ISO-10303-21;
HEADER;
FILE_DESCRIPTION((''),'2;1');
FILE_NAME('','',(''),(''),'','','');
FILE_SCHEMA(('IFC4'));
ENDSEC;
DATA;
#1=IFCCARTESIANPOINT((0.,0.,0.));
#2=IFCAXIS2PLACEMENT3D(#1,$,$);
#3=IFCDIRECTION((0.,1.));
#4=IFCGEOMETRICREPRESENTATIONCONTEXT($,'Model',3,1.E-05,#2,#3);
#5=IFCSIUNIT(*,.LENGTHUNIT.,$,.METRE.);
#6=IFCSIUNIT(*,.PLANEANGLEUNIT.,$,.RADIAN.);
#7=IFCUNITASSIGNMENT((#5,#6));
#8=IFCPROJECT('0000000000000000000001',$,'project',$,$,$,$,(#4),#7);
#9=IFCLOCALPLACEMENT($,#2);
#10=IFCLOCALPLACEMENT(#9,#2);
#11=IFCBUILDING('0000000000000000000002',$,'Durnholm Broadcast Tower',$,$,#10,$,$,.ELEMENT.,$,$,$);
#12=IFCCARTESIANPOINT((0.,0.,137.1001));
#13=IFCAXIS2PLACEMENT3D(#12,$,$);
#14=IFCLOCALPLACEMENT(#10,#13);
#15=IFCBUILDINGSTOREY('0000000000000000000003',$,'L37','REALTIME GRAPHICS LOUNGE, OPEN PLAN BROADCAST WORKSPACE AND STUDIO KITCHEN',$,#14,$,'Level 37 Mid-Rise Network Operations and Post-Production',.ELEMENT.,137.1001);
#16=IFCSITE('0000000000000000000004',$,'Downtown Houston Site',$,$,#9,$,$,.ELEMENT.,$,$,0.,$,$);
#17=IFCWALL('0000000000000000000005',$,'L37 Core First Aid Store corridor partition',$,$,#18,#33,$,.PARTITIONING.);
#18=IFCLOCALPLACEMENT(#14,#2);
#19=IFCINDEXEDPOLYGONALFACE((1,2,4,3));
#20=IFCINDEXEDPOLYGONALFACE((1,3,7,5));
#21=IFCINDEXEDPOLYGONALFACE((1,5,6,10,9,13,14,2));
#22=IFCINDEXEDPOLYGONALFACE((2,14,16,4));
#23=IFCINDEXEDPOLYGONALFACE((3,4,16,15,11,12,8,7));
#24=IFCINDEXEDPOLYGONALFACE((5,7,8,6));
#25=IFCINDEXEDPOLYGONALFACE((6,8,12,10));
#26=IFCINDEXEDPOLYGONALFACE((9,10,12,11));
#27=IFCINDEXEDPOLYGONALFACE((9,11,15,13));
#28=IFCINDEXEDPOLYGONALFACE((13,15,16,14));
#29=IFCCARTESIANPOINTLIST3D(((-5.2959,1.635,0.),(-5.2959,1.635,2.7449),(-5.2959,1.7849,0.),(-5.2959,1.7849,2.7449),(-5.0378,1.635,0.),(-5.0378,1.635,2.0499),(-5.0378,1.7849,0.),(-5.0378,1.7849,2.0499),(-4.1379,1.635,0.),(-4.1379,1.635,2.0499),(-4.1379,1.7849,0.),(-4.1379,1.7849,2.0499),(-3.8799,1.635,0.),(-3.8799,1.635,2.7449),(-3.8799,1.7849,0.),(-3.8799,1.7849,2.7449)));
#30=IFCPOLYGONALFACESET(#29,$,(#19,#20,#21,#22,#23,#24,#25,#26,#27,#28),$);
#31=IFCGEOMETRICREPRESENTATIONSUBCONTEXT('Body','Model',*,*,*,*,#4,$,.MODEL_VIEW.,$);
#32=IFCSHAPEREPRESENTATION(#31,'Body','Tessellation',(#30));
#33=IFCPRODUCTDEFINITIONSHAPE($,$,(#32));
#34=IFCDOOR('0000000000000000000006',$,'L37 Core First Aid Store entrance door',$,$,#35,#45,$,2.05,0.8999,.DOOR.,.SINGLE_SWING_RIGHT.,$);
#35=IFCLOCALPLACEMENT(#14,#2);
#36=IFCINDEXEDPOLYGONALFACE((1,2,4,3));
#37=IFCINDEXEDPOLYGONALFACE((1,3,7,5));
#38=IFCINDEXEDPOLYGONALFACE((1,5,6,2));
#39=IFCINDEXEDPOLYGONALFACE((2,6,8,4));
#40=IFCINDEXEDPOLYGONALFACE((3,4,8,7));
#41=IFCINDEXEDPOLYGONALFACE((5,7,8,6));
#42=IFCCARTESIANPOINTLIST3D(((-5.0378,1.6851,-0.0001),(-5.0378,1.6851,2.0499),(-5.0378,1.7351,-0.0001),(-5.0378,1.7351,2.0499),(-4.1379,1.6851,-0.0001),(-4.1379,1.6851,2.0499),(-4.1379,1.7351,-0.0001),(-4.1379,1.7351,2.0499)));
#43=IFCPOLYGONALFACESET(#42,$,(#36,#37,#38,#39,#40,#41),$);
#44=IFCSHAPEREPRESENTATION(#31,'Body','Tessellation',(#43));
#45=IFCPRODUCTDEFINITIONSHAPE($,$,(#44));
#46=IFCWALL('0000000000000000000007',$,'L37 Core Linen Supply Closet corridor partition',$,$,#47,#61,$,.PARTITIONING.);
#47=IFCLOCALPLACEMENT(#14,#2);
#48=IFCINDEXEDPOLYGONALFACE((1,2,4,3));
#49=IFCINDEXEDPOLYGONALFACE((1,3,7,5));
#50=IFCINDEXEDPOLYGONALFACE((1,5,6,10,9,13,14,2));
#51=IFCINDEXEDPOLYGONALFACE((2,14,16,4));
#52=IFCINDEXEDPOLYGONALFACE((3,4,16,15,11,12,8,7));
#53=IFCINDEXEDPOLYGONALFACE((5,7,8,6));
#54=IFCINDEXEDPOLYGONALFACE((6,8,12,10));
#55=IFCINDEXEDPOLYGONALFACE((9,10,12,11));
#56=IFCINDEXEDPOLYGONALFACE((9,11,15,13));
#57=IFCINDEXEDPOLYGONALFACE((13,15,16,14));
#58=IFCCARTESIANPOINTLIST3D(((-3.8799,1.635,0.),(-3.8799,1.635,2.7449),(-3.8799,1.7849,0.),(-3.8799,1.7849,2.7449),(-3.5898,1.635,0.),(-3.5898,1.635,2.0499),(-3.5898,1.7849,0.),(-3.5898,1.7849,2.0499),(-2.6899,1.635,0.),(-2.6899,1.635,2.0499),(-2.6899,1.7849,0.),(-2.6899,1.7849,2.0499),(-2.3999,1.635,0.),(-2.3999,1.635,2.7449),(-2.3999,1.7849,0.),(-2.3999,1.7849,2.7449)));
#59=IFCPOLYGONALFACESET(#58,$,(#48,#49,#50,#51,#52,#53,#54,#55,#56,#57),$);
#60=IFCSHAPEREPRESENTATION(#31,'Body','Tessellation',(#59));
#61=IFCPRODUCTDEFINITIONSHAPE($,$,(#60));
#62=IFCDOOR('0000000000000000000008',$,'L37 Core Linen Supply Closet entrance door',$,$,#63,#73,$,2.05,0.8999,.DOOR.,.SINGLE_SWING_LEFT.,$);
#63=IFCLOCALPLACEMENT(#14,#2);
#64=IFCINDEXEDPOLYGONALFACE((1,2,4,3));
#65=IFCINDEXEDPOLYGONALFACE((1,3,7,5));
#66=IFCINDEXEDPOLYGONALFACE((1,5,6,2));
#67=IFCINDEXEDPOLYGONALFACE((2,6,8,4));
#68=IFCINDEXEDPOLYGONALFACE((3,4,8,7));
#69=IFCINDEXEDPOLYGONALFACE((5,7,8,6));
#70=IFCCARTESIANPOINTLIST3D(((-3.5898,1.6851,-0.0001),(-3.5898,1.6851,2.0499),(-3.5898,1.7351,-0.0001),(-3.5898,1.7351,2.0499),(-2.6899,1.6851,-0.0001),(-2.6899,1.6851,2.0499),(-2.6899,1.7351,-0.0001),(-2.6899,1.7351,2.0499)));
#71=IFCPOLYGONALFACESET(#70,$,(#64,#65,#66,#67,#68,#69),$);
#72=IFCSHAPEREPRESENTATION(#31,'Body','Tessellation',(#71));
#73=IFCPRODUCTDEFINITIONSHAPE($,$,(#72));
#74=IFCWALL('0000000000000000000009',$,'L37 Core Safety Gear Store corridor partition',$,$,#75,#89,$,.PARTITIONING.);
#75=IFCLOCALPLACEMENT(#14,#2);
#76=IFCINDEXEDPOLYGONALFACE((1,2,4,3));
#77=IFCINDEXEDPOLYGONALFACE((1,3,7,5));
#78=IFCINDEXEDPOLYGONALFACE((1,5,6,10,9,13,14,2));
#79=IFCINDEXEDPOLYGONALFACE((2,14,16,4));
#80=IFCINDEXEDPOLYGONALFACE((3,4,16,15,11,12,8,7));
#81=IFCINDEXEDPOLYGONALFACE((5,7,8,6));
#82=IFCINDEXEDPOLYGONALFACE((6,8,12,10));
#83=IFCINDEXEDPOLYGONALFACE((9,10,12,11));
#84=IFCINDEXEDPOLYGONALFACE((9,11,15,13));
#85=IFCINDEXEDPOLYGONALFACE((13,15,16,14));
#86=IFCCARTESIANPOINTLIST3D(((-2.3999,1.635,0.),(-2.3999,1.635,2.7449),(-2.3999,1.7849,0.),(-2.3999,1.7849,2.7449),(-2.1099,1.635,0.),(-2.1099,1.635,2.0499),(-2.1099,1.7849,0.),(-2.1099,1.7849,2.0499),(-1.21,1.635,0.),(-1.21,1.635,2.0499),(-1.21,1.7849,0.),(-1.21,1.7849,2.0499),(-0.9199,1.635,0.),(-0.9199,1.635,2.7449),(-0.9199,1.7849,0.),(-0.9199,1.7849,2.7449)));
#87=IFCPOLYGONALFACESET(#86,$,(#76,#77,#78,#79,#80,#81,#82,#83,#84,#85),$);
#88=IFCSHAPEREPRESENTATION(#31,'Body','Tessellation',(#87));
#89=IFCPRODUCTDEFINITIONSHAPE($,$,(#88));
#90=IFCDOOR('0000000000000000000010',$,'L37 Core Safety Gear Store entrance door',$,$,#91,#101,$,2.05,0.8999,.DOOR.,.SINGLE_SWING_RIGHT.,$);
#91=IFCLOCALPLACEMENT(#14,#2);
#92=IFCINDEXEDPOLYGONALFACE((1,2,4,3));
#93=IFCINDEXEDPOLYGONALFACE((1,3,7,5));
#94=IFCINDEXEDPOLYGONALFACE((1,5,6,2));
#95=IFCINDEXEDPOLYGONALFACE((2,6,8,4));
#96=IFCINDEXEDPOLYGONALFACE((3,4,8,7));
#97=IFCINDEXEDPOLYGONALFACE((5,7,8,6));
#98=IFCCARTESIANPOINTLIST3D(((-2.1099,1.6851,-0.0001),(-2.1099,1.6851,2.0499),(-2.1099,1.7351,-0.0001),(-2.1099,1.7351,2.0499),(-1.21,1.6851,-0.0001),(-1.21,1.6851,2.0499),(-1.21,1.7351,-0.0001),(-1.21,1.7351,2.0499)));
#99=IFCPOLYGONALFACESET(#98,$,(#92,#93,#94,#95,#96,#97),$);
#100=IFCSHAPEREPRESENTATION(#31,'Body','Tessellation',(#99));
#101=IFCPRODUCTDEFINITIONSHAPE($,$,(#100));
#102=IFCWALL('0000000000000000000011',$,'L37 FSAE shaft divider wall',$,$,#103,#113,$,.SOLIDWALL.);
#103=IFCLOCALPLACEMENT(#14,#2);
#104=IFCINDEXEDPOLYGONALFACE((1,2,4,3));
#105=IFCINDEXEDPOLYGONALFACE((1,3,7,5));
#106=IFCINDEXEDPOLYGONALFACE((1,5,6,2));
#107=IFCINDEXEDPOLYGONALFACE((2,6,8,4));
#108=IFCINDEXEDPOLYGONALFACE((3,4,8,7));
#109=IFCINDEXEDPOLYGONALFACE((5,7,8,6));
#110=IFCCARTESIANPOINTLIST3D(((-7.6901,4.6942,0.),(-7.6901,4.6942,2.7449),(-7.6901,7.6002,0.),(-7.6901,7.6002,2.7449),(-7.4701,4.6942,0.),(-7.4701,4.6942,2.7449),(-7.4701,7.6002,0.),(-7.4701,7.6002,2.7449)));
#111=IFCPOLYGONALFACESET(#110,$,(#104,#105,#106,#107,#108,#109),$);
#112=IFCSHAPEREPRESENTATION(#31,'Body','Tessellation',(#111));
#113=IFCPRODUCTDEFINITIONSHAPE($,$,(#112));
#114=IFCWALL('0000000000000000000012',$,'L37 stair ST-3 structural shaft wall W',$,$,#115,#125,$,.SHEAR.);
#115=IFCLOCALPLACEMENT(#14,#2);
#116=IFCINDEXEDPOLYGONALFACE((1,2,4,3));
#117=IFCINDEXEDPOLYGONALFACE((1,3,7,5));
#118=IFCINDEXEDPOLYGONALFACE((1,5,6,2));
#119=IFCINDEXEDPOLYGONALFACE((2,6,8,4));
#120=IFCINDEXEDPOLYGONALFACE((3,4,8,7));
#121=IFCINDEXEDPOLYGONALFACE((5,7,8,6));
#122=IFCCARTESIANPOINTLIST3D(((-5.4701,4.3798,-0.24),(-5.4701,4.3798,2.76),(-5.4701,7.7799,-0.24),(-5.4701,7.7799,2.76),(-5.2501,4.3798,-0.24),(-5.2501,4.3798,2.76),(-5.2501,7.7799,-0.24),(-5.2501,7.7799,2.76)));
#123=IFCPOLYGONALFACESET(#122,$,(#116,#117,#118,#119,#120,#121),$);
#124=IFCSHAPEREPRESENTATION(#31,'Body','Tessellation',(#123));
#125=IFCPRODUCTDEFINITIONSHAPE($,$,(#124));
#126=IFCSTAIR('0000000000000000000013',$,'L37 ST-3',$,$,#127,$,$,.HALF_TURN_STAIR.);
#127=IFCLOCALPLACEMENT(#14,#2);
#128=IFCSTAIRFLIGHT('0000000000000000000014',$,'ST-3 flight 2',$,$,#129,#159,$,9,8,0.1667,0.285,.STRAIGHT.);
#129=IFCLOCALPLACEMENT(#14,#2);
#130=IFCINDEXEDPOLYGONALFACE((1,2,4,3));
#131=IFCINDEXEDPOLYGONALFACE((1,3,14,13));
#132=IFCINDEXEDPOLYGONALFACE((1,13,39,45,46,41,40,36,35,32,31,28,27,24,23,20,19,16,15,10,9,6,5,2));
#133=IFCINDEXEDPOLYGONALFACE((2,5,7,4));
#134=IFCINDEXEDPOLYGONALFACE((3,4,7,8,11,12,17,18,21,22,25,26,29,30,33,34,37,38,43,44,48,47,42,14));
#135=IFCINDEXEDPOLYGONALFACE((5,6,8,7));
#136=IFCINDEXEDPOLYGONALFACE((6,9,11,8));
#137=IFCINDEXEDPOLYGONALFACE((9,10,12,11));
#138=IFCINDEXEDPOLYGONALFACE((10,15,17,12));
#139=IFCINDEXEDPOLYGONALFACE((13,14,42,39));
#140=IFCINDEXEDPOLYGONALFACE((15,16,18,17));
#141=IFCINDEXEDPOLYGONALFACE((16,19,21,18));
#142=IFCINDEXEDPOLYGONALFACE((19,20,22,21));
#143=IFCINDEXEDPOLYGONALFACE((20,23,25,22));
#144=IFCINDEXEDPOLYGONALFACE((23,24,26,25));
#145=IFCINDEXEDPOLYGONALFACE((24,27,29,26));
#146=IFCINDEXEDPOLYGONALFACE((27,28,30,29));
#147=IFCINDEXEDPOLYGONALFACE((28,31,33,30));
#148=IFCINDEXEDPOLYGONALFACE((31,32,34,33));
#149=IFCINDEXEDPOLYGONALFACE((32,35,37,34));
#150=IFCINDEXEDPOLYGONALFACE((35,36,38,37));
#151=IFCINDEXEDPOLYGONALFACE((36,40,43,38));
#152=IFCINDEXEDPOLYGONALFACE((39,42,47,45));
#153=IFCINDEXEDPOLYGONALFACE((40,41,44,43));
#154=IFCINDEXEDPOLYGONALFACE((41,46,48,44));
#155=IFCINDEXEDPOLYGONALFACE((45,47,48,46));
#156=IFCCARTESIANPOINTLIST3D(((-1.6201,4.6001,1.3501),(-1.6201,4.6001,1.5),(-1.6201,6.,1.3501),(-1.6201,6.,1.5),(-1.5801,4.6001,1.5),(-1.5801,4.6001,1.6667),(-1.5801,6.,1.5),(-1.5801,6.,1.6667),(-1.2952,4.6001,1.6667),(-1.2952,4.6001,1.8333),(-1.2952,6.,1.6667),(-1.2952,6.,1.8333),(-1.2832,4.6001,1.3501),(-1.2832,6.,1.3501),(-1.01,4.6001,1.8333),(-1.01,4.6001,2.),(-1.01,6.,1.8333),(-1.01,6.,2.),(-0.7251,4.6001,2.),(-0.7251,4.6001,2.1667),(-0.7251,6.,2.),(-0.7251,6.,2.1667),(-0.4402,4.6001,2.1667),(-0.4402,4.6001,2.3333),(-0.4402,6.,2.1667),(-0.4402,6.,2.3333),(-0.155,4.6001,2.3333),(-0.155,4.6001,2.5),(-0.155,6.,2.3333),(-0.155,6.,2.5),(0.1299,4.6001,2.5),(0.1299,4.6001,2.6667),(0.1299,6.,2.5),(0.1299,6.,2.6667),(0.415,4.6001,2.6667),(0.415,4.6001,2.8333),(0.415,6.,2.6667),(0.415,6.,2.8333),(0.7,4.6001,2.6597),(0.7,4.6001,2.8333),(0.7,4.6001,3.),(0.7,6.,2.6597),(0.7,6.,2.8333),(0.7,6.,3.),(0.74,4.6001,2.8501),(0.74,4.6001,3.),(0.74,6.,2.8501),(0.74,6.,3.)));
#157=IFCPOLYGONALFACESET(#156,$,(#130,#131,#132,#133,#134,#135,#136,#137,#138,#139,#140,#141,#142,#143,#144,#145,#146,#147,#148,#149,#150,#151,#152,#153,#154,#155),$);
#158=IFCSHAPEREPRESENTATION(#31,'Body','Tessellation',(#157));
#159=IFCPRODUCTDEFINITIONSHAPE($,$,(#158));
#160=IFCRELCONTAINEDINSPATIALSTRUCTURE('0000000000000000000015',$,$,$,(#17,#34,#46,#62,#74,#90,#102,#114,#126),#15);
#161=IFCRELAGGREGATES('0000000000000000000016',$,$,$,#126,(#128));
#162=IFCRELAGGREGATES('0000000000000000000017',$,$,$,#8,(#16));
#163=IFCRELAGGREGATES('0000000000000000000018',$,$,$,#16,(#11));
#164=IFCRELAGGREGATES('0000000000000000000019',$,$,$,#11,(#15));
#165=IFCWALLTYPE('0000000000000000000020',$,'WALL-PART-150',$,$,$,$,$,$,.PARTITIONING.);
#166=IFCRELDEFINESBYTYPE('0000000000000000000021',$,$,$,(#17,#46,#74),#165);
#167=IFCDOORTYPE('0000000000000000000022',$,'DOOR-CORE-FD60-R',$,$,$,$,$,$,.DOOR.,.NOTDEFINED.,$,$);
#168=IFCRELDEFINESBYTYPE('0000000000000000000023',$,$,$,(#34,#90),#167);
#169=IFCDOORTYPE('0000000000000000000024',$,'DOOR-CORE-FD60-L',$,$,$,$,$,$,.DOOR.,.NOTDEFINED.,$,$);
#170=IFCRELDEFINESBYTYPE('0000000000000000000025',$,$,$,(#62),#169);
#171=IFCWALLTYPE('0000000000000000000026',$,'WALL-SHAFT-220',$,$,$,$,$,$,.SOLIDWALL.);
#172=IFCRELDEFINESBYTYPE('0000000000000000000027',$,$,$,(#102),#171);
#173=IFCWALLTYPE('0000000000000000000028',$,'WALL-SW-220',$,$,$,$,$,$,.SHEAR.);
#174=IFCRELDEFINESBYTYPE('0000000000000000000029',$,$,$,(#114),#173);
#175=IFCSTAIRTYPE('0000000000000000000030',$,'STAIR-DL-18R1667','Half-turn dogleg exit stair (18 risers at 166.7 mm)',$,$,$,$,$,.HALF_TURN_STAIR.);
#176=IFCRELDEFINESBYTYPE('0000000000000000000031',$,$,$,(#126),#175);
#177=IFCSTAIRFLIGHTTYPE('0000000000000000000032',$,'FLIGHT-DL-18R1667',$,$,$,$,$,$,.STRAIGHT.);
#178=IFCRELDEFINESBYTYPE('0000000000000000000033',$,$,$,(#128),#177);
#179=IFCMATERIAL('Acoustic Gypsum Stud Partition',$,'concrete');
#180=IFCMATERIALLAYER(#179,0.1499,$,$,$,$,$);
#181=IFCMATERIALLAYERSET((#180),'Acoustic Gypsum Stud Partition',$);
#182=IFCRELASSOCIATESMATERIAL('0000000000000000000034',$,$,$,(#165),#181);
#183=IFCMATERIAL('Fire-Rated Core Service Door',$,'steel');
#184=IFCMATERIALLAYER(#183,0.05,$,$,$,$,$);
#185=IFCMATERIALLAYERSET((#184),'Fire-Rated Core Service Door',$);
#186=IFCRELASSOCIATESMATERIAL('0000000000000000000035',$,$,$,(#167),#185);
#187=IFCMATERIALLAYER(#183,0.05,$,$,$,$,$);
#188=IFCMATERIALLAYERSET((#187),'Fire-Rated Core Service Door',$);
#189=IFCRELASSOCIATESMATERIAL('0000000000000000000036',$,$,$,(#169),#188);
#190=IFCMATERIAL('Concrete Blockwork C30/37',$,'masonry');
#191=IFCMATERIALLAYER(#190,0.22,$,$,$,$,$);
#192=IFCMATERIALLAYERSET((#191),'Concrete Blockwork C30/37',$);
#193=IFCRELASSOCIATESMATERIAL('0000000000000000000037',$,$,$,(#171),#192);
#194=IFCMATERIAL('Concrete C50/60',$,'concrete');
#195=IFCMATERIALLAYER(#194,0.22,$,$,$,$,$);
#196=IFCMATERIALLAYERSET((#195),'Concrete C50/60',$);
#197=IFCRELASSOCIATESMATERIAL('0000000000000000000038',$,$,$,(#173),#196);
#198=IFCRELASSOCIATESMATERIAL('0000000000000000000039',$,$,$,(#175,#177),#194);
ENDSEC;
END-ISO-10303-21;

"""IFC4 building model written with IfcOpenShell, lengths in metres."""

from ifc_helpers import new_model, si_unit, direction, frame, frame_2d, origin, place, context, subcontext, project, spatial, polyline, rectangle, outline, extrude, source, transform, mapped, material, layer, layer_set, type_object, type_shapes, element, fill, aggregate, save


model = new_model("IFC4")

# Units and contexts
model_context = context("Model", 3, precision=1e-05, world=origin(), true_north=direction((0.0, 1.0)))
body_context = subcontext(model_context, "Body", "Model", "MODEL_VIEW")
ifc_project = project(units=[si_unit("LENGTHUNIT", "METRE"), si_unit("PLANEANGLEUNIT", "RADIAN")], contexts=[model_context])

# Site, building, storey
site_placement = place(None, origin())
site = spatial("IfcSite", under=ifc_project, at=site_placement, Name="Downtown Houston Site", CompositionType="ELEMENT", RefElevation=0.0)
building_placement = place(site_placement, origin())
building = spatial("IfcBuilding", under=site, at=building_placement, Name="Durnholm Broadcast Tower", CompositionType="ELEMENT")
storey_placement = place(building_placement, frame((0.0, 0.0, 137.1001)))
storey = spatial("IfcBuildingStorey", under=building, at=storey_placement, Name="L37", Description="REALTIME GRAPHICS LOUNGE, OPEN PLAN BROADCAST WORKSPACE AND STUDIO KITCHEN", LongName="Level 37 Mid-Rise Network Operations and Post-Production", CompositionType="ELEMENT", Elevation=137.1001)

# Walls, openings, doors
ifc_material_1 = material(Name="Acoustic Gypsum Stud Partition", Category="concrete")
ifc_layer_1 = layer(ifc_material_1, 0.1499)
ifc_layer_set_1 = layer_set([ifc_layer_1], Name="Acoustic Gypsum Stud Partition")
wall_type_1 = type_object("IfcWallType", Name="WALL-PART-150", PredefinedType="PARTITIONING", material=ifc_layer_set_1)
wall_1_placement = place(storey_placement, frame((-3.8799, 1.71, 0.0), z_axis=(0.0, 0.0, 1.0), x_axis=(-1.0, 0.0, 0.0)))
wall_1 = element("IfcWall", 1, at=wall_1_placement, inside=storey, type_object=wall_type_1, Name="L37 Core First Aid Store corridor partition", PredefinedType="PARTITIONING", context=body_context, shape_type="SweptSolid", body=[
    extrude(rectangle(XDim=1.416, YDim=0.1499, at=frame_2d((0.708, 0.0))), origin(), (0.0, 0.0, 1.0), 2.7449),
])
opening_1_placement = place(wall_1_placement, frame((0.2581, 0.0, 0.0)))
opening_1 = element("IfcOpeningElement", 2, at=opening_1_placement, cuts=wall_1, PredefinedType="OPENING", context=body_context, shape_type="SweptSolid", body=[
    extrude(rectangle(XDim=0.8999, YDim=2.05, at=frame_2d((0.45, 1.0249))), frame((0.0, 0.085, 0.0), z_axis=(0.0, -1.0, 0.0), x_axis=(1.0, 0.0, 0.0)), (0.0, 0.0, 1.0), 0.1699),
])
ifc_material_2 = material(Name="Fire-Rated Core Service Door", Category="steel")
ifc_layer_2 = layer(ifc_material_2, 0.05)
ifc_layer_set_2 = layer_set([ifc_layer_2], Name="Fire-Rated Core Service Door")
door_type_1 = type_object("IfcDoorType", Name="DOOR-CORE-FD60-R", OperationType="NOTDEFINED", PredefinedType="DOOR", material=ifc_layer_set_2)
shared_shape_1 = source(origin(), body_context, "Body", "SweptSolid", [
    extrude(rectangle(XDim=0.8999, YDim=2.05, at=frame_2d((0.45, 1.0249))), frame((0.0, 0.0249, 0.0), z_axis=(0.0, -1.0, 0.0), x_axis=(1.0, 0.0, 0.0)), (0.0, 0.0, 1.0), 0.05),
])
type_shapes(door_type_1, [shared_shape_1])
door_1_placement = place(opening_1_placement, origin())
door_1 = element("IfcDoor", 3, at=door_1_placement, inside=storey, type_object=door_type_1, Name="L37 Core First Aid Store entrance door", OperationType="SINGLE_SWING_RIGHT", OverallHeight=2.05, OverallWidth=0.8999, PredefinedType="DOOR", context=body_context, shape_type="MappedRepresentation", body=[
    mapped(shared_shape_1, transform((0.0, 0.0, 0.0), x_axis=(1.0, 0.0, 0.0), y_axis=(0.0, 1.0, 0.0), z_axis=(0.0, 0.0, 1.0), scale=1.0)),
])
fill(opening_1, door_1)
wall_2_placement = place(storey_placement, frame((-2.3999, 1.71, 0.0), z_axis=(0.0, 0.0, 1.0), x_axis=(-1.0, 0.0, 0.0)))
wall_2 = element("IfcWall", 4, at=wall_2_placement, inside=storey, type_object=wall_type_1, Name="L37 Core Linen Supply Closet corridor partition", PredefinedType="PARTITIONING", context=body_context, shape_type="SweptSolid", body=[
    extrude(rectangle(XDim=1.48, YDim=0.1499, at=frame_2d((0.74, 0.0))), origin(), (0.0, 0.0, 1.0), 2.7449),
])
opening_2_placement = place(wall_2_placement, frame((0.29, 0.0, 0.0)))
opening_2 = element("IfcOpeningElement", 5, at=opening_2_placement, cuts=wall_2, PredefinedType="OPENING", context=body_context, shape_type="SweptSolid", body=[
    extrude(rectangle(XDim=0.8999, YDim=2.05, at=frame_2d((0.45, 1.0249))), frame((0.0, 0.085, 0.0), z_axis=(0.0, -1.0, 0.0), x_axis=(1.0, 0.0, 0.0)), (0.0, 0.0, 1.0), 0.1699),
])
ifc_layer_3 = layer(ifc_material_2, 0.05)
ifc_layer_set_3 = layer_set([ifc_layer_3], Name="Fire-Rated Core Service Door")
door_type_2 = type_object("IfcDoorType", Name="DOOR-CORE-FD60-L", OperationType="NOTDEFINED", PredefinedType="DOOR", material=ifc_layer_set_3)
shared_shape_2 = source(origin(), body_context, "Body", "SweptSolid", [
    extrude(rectangle(XDim=0.8999, YDim=2.05, at=frame_2d((0.45, 1.0249))), frame((0.0, 0.0249, 0.0), z_axis=(0.0, -1.0, 0.0), x_axis=(1.0, 0.0, 0.0)), (0.0, 0.0, 1.0), 0.05),
])
type_shapes(door_type_2, [shared_shape_2])
door_2_placement = place(opening_2_placement, origin())
door_2 = element("IfcDoor", 6, at=door_2_placement, inside=storey, type_object=door_type_2, Name="L37 Core Linen Supply Closet entrance door", OperationType="SINGLE_SWING_LEFT", OverallHeight=2.05, OverallWidth=0.8999, PredefinedType="DOOR", context=body_context, shape_type="MappedRepresentation", body=[
    mapped(shared_shape_2, transform((0.0, 0.0, 0.0), x_axis=(1.0, 0.0, 0.0), y_axis=(0.0, 1.0, 0.0), z_axis=(0.0, 0.0, 1.0), scale=1.0)),
])
fill(opening_2, door_2)
wall_3_placement = place(storey_placement, frame((-0.9199, 1.71, 0.0), z_axis=(0.0, 0.0, 1.0), x_axis=(-1.0, 0.0, 0.0)))
wall_3 = element("IfcWall", 7, at=wall_3_placement, inside=storey, type_object=wall_type_1, Name="L37 Core Safety Gear Store corridor partition", PredefinedType="PARTITIONING", context=body_context, shape_type="SweptSolid", body=[
    extrude(rectangle(XDim=1.48, YDim=0.1499, at=frame_2d((0.74, 0.0))), origin(), (0.0, 0.0, 1.0), 2.7449),
])
opening_3_placement = place(wall_3_placement, frame((0.29, 0.0, 0.0)))
opening_3 = element("IfcOpeningElement", 8, at=opening_3_placement, cuts=wall_3, PredefinedType="OPENING", context=body_context, shape_type="SweptSolid", body=[
    extrude(rectangle(XDim=0.8999, YDim=2.05, at=frame_2d((0.45, 1.0249))), frame((0.0, 0.085, 0.0), z_axis=(0.0, -1.0, 0.0), x_axis=(1.0, 0.0, 0.0)), (0.0, 0.0, 1.0), 0.1699),
])
door_3_placement = place(opening_3_placement, origin())
door_3 = element("IfcDoor", 9, at=door_3_placement, inside=storey, type_object=door_type_1, Name="L37 Core Safety Gear Store entrance door", OperationType="SINGLE_SWING_RIGHT", OverallHeight=2.05, OverallWidth=0.8999, PredefinedType="DOOR", context=body_context, shape_type="MappedRepresentation", body=[
    mapped(shared_shape_1, transform((0.0, 0.0, 0.0), x_axis=(1.0, 0.0, 0.0), y_axis=(0.0, 1.0, 0.0), z_axis=(0.0, 0.0, 1.0), scale=1.0)),
])
fill(opening_3, door_3)

# Shared definitions
ifc_material_3 = material(Name="Concrete Blockwork C30/37", Category="masonry")
ifc_layer_4 = layer(ifc_material_3, 0.22)
ifc_layer_set_4 = layer_set([ifc_layer_4], Name="Concrete Blockwork C30/37")
wall_type_2 = type_object("IfcWallType", Name="WALL-SHAFT-220", PredefinedType="SOLIDWALL", material=ifc_layer_set_4)

# Walls
wall_4_placement = place(storey_placement, frame((-7.5801, 4.6941, 0.0), z_axis=(0.0, 0.0, 1.0), x_axis=(0.0, 1.0, 0.0)))
element("IfcWall", 10, at=wall_4_placement, inside=storey, type_object=wall_type_2, Name="L37 FSAE shaft divider wall", PredefinedType="SOLIDWALL", context=body_context, shape_type="SweptSolid", body=[
    extrude(rectangle(XDim=2.906, YDim=0.22, at=frame_2d((1.4531, 0.0))), origin(), (0.0, 0.0, 1.0), 2.7449),
])
ifc_material_4 = material(Name="Concrete C50/60", Category="concrete")
ifc_layer_5 = layer(ifc_material_4, 0.22)
ifc_layer_set_5 = layer_set([ifc_layer_5], Name="Concrete C50/60")
wall_type_3 = type_object("IfcWallType", Name="WALL-SW-220", PredefinedType="SHEAR", material=ifc_layer_set_5)
wall_5_placement = place(storey_placement, frame((-5.3601, 7.78, -0.24), z_axis=(0.0, 0.0, 1.0), x_axis=(0.0, -1.0, 0.0)))
element("IfcWall", 11, at=wall_5_placement, inside=storey, type_object=wall_type_3, Name="L37 stair ST-3 structural shaft wall W", PredefinedType="SHEAR", context=body_context, shape_type="SweptSolid", body=[
    extrude(rectangle(XDim=3.4001, YDim=0.22, at=frame_2d((1.7002, 0.0))), origin(), (0.0, 0.0, 1.0), 3.0),
])

# Stair, stair flight
stair_type = type_object("IfcStairType", Name="STAIR-DL-18R1667", Description="Half-turn dogleg exit stair (18 risers at 166.7 mm)", PredefinedType="HALF_TURN_STAIR", material=ifc_material_4)
stair_placement = place(storey_placement, origin())
stair = element("IfcStair", 12, at=stair_placement, inside=storey, type_object=stair_type, Name="L37 ST-3", PredefinedType="HALF_TURN_STAIR")
stair_flight_type = type_object("IfcStairFlightType", Name="FLIGHT-DL-18R1667", PredefinedType="STRAIGHT", material=ifc_material_4)
stair_flight_placement = place(storey_placement, frame((-1.5801, 5.3, 1.5), z_axis=(0.0, 0.0, 1.0), x_axis=(1.0, 0.0, 0.0)))
stair_flight = element("IfcStairFlight", 13, at=stair_flight_placement, type_object=stair_flight_type, Name="ST-3 flight 2", NumberOfRisers=9, NumberOfTreads=8, PredefinedType="STRAIGHT", RiserHeight=0.1667, TreadLength=0.285, context=body_context, shape_type="SweptSolid", body=[
    extrude(outline(polyline([(-0.04, -0.1499), (-0.04, 0.0), (0.0, 0.0), (0.0, 0.1667), (0.2849, 0.1667), (0.2849, 0.3333), (0.5701, 0.3333), (0.5701, 0.5), (0.855, 0.5), (0.855, 0.6667), (1.1399, 0.6667), (1.1399, 0.8333), (1.425, 0.8333), (1.425, 1.0), (1.71, 1.0), (1.71, 1.1667), (1.9951, 1.1667), (1.9951, 1.3333), (2.28, 1.3333), (2.28, 1.5), (2.3201, 1.5), (2.3201, 1.3501), (2.28, 1.1597), (0.2969, -0.1499), (-0.04, -0.1499)])), frame((0.0, 0.7, 0.0), z_axis=(0.0, -1.0, 0.0), x_axis=(1.0, 0.0, 0.0)), (0.0, 0.0, 1.0), 1.3999),
])
aggregate(stair, [stair_flight])

save(model, "model.ifc")
